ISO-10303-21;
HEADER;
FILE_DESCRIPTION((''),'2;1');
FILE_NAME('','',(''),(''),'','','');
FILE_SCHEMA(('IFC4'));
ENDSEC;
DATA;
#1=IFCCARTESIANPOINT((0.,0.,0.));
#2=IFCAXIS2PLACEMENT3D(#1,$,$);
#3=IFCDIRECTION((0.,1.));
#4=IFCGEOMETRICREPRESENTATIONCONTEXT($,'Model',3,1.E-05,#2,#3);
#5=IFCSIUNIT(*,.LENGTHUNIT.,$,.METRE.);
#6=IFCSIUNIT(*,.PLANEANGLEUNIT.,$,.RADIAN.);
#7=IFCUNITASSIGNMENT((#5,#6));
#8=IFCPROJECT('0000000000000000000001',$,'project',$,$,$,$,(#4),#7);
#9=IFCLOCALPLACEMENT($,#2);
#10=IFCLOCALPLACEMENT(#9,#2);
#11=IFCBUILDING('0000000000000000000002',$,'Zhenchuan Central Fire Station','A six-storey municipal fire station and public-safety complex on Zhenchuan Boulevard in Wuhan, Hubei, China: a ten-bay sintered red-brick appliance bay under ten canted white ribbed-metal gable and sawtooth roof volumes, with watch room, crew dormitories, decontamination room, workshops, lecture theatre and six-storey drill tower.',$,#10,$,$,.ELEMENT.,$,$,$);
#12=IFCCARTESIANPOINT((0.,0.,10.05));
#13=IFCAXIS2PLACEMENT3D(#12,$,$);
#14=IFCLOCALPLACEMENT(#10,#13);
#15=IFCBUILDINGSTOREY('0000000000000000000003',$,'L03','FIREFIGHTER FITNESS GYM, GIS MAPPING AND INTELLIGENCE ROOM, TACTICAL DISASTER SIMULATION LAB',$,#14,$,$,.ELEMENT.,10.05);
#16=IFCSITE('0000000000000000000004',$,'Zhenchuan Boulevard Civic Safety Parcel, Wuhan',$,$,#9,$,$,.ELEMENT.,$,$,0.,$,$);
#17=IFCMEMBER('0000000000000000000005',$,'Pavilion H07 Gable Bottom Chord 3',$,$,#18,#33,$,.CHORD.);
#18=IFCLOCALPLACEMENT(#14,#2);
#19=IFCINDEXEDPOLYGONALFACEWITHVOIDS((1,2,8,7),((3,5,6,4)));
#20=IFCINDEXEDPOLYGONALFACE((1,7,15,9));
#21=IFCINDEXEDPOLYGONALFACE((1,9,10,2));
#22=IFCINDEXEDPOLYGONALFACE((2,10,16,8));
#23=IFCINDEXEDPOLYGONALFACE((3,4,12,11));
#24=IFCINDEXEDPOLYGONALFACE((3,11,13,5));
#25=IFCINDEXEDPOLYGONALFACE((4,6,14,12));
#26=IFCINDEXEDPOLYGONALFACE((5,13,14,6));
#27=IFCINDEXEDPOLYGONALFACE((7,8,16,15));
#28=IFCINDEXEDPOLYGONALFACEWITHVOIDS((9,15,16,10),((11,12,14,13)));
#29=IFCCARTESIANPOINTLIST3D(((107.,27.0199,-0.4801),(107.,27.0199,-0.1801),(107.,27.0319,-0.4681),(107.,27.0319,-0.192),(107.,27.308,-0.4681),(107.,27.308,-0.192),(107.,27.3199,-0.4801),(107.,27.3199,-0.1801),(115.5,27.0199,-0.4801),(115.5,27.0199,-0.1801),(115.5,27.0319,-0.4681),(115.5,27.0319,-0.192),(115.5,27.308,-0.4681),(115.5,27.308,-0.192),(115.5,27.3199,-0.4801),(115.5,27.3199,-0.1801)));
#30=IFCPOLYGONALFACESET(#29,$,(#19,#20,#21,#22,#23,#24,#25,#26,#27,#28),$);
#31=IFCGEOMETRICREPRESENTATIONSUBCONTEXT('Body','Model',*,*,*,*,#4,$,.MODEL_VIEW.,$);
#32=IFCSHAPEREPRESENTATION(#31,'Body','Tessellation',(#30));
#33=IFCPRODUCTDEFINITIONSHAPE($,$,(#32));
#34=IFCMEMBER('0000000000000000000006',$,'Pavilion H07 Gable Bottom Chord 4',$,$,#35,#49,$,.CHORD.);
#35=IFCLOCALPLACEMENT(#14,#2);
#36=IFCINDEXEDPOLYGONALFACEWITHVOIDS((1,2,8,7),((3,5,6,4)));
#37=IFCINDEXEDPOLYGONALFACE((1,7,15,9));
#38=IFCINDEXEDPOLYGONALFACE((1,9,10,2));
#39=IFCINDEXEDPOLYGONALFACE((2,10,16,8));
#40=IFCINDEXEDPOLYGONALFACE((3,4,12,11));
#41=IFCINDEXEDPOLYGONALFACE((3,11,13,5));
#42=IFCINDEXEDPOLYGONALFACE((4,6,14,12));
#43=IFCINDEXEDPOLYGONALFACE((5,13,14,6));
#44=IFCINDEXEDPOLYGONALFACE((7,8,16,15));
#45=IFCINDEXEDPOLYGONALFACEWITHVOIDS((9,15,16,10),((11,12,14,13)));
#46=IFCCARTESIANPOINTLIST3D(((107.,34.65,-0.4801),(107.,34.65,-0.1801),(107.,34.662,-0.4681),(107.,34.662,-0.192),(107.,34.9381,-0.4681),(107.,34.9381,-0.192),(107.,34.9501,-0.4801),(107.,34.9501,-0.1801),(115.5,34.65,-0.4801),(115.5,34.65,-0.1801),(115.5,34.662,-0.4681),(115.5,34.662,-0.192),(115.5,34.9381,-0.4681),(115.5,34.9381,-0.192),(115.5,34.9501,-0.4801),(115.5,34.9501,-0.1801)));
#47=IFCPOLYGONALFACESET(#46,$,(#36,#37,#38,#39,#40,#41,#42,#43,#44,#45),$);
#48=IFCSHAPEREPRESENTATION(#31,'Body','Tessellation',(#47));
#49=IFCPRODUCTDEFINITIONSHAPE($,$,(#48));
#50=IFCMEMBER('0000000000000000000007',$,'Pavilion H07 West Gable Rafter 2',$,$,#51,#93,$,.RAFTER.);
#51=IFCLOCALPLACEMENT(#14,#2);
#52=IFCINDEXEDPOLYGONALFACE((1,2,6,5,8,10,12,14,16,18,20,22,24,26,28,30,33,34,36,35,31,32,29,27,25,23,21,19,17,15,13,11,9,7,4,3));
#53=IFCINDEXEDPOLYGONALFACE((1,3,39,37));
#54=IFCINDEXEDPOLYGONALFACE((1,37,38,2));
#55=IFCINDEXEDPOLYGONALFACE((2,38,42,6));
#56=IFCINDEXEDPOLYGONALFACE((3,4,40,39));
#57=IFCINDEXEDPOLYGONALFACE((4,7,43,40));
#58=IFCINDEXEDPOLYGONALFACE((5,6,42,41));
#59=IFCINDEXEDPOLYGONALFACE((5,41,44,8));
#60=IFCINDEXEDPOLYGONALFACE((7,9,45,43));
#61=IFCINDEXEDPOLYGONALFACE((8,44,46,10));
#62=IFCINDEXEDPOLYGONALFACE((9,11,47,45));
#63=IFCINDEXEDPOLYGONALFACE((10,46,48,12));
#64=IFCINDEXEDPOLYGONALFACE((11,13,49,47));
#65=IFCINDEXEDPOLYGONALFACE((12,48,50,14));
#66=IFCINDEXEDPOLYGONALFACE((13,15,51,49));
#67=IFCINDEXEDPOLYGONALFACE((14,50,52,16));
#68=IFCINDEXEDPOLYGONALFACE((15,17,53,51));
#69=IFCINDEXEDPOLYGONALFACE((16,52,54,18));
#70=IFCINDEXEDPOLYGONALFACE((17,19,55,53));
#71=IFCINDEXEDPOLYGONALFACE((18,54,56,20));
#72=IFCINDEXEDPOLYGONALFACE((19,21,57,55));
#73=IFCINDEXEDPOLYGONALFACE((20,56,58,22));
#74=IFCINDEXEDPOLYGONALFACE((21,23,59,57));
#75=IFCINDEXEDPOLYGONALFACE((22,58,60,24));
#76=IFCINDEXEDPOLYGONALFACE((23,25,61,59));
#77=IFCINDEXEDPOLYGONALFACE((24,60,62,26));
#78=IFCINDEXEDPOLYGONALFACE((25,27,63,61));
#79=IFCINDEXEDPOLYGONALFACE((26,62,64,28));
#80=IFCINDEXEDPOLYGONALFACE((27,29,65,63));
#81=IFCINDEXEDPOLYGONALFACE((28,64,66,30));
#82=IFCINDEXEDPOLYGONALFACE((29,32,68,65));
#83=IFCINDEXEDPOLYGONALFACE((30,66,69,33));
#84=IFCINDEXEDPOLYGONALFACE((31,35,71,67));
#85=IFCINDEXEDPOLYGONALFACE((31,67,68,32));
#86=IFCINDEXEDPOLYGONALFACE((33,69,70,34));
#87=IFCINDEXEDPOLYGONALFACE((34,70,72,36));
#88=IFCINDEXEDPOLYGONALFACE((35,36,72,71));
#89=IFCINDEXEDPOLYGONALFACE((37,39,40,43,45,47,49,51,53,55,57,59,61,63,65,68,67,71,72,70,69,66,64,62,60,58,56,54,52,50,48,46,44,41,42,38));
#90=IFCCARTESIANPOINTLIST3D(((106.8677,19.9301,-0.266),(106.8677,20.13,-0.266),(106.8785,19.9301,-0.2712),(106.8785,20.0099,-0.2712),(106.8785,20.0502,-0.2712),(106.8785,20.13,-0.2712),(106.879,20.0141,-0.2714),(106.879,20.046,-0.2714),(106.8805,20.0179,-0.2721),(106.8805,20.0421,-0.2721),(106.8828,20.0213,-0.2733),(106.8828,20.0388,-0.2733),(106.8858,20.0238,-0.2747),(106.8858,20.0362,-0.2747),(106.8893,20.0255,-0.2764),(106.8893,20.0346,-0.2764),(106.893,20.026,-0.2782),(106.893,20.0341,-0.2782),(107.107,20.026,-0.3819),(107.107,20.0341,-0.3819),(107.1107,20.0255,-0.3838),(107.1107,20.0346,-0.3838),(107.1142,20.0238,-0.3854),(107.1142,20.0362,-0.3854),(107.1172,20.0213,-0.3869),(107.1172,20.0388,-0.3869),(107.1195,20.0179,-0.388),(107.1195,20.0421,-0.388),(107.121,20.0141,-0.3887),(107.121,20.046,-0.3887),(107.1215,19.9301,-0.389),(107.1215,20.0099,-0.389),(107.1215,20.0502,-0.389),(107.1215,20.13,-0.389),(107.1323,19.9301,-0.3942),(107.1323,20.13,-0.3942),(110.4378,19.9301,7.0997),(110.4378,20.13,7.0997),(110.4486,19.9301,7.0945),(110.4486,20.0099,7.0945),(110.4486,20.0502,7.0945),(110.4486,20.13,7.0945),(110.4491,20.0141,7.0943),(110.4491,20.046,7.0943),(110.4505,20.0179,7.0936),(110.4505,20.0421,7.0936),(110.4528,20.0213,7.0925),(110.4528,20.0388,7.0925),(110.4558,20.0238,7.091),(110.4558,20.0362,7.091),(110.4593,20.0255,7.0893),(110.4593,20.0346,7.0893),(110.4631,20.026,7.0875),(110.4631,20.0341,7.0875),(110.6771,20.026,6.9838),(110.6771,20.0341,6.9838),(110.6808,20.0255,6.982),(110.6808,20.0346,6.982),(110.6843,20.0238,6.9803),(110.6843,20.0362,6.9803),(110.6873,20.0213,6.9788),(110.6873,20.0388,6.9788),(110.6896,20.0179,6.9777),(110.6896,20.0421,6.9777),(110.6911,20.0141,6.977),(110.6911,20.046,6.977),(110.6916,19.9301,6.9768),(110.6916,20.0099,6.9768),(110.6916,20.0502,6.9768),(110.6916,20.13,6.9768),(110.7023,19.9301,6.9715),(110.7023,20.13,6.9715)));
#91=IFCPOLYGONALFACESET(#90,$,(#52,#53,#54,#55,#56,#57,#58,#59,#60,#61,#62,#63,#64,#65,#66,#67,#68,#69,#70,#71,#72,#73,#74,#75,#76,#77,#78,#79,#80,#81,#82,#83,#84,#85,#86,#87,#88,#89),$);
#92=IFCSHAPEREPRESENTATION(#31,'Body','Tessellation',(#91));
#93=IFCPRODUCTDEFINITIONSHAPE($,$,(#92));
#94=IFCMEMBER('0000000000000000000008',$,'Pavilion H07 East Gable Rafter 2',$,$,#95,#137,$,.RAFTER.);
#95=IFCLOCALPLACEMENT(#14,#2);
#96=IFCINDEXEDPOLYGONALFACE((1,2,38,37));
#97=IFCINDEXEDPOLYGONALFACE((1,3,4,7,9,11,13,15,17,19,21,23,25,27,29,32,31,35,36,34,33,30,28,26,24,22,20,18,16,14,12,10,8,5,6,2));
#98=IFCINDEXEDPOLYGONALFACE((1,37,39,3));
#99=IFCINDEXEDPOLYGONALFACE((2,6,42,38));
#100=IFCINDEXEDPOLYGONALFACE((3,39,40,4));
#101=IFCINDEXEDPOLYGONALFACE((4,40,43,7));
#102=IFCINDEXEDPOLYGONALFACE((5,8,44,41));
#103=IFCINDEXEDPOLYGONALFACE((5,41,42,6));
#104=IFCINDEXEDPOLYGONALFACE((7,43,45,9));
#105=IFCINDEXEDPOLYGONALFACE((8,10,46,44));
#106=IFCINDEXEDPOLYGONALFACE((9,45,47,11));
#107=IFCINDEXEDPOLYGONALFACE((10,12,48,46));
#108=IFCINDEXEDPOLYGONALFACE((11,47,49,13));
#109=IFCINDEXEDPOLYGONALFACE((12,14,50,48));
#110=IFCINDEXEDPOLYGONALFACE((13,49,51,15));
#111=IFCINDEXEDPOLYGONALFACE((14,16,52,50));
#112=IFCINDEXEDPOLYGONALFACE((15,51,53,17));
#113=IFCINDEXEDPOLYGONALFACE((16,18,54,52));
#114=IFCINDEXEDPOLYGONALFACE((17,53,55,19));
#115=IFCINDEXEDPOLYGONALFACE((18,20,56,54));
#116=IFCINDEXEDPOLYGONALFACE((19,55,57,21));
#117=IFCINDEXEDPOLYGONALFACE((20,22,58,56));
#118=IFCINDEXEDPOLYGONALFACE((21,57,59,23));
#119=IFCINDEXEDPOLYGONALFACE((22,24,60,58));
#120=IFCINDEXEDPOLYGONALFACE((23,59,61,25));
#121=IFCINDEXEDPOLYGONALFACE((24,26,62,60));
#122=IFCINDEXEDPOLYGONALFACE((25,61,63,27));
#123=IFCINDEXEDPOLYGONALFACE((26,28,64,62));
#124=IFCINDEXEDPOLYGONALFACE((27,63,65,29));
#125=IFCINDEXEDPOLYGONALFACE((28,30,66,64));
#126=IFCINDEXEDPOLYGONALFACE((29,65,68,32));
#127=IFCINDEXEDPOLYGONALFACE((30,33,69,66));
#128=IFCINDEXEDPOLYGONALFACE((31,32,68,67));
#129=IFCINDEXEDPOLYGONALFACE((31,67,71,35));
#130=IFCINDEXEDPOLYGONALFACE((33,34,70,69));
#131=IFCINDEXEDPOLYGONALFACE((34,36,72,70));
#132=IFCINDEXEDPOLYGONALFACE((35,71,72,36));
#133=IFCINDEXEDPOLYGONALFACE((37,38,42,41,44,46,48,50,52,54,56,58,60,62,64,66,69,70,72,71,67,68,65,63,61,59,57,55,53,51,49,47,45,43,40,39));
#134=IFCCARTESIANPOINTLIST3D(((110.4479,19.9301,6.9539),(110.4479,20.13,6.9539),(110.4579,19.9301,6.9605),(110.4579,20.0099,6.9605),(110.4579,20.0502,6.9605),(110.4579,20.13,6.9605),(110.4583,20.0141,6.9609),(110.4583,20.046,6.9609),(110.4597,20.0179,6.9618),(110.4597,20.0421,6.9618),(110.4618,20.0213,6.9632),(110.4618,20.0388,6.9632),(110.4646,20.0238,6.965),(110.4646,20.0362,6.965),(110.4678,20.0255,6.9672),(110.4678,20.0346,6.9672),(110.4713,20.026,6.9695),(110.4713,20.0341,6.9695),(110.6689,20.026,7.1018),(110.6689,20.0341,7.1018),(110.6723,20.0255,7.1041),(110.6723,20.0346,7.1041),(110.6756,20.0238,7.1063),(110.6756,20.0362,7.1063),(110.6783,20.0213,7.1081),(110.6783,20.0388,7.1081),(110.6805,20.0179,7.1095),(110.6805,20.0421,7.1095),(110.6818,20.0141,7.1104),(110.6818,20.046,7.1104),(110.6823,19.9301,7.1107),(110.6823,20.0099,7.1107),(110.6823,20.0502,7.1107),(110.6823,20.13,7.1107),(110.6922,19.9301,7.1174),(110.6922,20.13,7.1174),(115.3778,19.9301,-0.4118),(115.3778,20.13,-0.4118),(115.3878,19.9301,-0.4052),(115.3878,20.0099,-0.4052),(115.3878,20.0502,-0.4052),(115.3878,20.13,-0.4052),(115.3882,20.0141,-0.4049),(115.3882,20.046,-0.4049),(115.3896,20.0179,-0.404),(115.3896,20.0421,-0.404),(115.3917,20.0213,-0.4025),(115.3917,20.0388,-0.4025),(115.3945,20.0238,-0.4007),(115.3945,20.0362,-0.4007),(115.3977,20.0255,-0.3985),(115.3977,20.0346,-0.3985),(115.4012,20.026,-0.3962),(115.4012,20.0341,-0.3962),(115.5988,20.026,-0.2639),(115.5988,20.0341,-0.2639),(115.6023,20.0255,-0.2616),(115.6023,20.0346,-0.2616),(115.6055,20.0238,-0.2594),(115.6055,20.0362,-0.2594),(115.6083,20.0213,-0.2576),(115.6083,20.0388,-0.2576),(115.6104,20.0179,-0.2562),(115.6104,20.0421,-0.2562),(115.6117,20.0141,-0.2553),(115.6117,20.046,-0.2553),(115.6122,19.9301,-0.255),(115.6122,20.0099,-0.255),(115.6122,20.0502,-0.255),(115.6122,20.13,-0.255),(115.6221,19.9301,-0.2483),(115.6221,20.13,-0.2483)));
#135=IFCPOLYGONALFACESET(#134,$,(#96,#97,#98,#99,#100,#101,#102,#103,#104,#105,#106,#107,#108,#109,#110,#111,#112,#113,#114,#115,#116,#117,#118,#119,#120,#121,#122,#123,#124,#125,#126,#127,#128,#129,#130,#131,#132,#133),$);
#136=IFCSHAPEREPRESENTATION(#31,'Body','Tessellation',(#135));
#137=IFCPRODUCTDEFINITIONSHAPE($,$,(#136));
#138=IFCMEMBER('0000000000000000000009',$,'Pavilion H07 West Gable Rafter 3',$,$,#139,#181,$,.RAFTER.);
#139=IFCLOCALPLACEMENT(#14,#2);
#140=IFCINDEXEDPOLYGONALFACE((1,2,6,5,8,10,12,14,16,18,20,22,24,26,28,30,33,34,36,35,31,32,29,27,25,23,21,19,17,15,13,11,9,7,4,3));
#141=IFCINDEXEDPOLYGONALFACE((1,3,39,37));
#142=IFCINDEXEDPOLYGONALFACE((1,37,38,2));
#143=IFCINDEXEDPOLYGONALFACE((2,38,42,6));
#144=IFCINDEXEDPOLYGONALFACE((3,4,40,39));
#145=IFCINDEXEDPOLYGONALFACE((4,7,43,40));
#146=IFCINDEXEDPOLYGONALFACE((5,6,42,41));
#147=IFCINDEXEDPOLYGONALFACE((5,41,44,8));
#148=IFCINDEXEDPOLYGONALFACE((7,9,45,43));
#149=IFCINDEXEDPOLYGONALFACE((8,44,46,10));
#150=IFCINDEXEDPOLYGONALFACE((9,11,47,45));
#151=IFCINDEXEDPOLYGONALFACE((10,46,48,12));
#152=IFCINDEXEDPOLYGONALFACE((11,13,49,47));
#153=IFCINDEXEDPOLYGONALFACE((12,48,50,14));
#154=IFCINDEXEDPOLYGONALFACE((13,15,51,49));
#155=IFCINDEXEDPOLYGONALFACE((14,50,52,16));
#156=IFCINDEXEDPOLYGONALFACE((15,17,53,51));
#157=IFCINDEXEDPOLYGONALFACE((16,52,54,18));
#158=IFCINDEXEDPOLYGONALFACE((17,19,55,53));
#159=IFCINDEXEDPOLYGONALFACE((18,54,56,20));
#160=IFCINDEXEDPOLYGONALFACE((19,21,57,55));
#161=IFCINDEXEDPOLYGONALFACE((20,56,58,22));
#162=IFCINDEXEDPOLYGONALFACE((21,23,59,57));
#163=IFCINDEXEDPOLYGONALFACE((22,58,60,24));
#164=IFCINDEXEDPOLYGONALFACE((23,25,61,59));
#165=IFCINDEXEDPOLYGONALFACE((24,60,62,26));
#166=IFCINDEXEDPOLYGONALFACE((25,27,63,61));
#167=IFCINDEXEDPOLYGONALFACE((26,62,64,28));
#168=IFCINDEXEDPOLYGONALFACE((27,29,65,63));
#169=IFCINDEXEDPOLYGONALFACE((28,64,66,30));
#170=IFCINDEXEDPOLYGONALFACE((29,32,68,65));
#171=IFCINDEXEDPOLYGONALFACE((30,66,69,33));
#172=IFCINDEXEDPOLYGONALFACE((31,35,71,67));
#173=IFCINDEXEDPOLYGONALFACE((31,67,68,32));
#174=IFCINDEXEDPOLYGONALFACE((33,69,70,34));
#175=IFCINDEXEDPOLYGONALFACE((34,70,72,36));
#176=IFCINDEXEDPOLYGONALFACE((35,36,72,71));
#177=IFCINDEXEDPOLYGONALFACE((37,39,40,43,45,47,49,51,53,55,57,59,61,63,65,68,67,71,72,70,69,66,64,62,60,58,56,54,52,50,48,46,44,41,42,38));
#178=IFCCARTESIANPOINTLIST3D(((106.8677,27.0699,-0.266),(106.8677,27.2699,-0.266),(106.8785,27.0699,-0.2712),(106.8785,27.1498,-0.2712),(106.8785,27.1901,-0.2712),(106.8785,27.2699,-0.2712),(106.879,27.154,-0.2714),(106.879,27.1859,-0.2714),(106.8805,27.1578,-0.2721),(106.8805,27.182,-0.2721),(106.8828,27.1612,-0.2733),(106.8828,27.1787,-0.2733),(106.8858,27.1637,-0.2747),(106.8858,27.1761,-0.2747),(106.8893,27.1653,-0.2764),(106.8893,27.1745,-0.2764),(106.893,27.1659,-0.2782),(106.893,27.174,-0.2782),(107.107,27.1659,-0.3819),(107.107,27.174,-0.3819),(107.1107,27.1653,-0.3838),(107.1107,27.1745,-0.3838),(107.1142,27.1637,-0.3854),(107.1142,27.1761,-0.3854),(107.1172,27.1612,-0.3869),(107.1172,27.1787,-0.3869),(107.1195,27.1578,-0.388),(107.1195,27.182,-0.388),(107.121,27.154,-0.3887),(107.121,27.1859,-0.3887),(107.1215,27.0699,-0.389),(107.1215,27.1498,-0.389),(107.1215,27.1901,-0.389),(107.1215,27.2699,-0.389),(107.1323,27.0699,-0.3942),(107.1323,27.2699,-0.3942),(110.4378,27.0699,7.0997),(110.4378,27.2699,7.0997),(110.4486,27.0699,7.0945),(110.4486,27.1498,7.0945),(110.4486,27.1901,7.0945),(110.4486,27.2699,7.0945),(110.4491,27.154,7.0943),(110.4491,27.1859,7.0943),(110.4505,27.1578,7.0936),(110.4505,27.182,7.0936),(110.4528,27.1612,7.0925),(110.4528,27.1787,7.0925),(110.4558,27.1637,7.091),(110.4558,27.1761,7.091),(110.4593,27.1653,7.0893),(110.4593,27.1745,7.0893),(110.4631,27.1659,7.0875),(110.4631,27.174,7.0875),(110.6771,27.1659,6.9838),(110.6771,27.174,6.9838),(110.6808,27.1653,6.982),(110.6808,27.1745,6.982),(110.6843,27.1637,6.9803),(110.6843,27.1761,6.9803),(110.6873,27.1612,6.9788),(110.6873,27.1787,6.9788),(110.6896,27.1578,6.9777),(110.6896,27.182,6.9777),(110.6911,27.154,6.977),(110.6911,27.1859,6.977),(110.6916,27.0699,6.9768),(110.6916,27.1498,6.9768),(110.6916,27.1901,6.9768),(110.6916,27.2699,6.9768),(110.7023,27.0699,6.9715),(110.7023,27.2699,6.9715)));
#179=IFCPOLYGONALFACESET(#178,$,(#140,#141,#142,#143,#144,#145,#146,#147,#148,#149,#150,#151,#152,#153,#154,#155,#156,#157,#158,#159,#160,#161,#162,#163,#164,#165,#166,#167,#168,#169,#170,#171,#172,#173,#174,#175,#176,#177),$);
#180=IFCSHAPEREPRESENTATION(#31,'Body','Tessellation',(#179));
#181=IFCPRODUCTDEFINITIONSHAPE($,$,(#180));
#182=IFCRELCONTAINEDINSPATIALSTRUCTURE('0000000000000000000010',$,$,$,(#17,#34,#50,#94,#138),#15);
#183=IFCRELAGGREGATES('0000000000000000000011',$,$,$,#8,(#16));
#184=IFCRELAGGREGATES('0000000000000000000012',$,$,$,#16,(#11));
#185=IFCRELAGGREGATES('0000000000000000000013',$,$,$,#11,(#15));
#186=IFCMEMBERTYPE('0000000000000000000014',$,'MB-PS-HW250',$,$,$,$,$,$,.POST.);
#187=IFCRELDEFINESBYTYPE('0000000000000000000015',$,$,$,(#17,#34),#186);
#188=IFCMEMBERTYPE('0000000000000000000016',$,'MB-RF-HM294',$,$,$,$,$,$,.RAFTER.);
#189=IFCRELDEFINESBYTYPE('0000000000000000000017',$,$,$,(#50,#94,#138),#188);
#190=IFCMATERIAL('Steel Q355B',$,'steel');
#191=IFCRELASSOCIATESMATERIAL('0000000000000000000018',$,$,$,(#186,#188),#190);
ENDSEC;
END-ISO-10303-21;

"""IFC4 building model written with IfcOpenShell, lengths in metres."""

from ifc_helpers import new_model, si_unit, direction, frame, origin, origin_2d, place, context, subcontext, project, spatial, hollow_rectangle, i_section, extrude, material, material_profile, profile_set, type_object, element, save


model = new_model("IFC4")

# Units and contexts
model_context = context("Model", 3, precision=1e-05, world=origin(), true_north=direction((0.0, 1.0)))
body_context = subcontext(model_context, "Body", "Model", "MODEL_VIEW")
ifc_project = project(units=[si_unit("LENGTHUNIT", "METRE"), si_unit("PLANEANGLEUNIT", "RADIAN")], contexts=[model_context])

# Site, building, storey
site_placement = place(None, origin())
site = spatial("IfcSite", under=ifc_project, at=site_placement, Name="Zhenchuan Boulevard Civic Safety Parcel, Wuhan", CompositionType="ELEMENT", RefElevation=0.0)
building_placement = place(site_placement, origin())
building = spatial("IfcBuilding", under=site, at=building_placement, Name="Zhenchuan Central Fire Station", Description="A six-storey municipal fire station and public-safety complex on Zhenchuan Boulevard in Wuhan, Hubei, China: a ten-bay sintered red-brick appliance bay under ten canted white ribbed-metal gable and sawtooth roof volumes, with watch room, crew dormitories, decontamination room, workshops, lecture theatre and six-storey drill tower.", CompositionType="ELEMENT")
storey_placement = place(building_placement, frame((0.0, 0.0, 10.05)))
storey = spatial("IfcBuildingStorey", under=building, at=storey_placement, Name="L03", Description="FIREFIGHTER FITNESS GYM, GIS MAPPING AND INTELLIGENCE ROOM, TACTICAL DISASTER SIMULATION LAB", CompositionType="ELEMENT", Elevation=10.05)

# Members
ifc_material = material(Name="Steel Q355B", Category="steel")
ifc_material_profile_1 = material_profile(ifc_material, hollow_rectangle(XDim=0.3, YDim=0.3, WallThickness=0.012, at=origin_2d()), Name="SHS 300x300x12")
ifc_profile_set_1 = profile_set([ifc_material_profile_1], Name="Steel Q355B")
member_type_1 = type_object("IfcMemberType", Name="MB-PS-HW250", PredefinedType="POST", material=ifc_profile_set_1)
for number, where, z_axis, x_axis, name in (
    (1, (107.0, 27.1699, -0.3301), (1.0, 0.0, 0.0), (0.0, 1.0, 0.0), "Pavilion H07 Gable Bottom Chord 3"),
    (2, (107.0, 34.8, -0.3301), (1.0, 0.0, 0.0), (0.0, 1.0, 0.0), "Pavilion H07 Gable Bottom Chord 4"),
):
    element("IfcMember", number, at=place(storey_placement, frame(where, z_axis=z_axis, x_axis=x_axis)), inside=storey, type_object=member_type_1, Name=name, PredefinedType="CHORD", context=body_context, shape_type="SweptSolid", body=[
        extrude(hollow_rectangle(XDim=0.3, YDim=0.3, WallThickness=0.012, at=origin_2d()), origin(), (0.0, 0.0, 1.0), 8.5),
    ])
ifc_material_profile_2 = material_profile(ifc_material, i_section(OverallWidth=0.2, OverallDepth=0.2939, WebThickness=0.0081, FlangeThickness=0.012, FilletRadius=0.0161, at=origin_2d()), Name="HM 294x200")
ifc_profile_set_2 = profile_set([ifc_material_profile_2], Name="Steel Q355B")
member_type_2 = type_object("IfcMemberType", Name="MB-RF-HM294", PredefinedType="RAFTER", material=ifc_profile_set_2)
member_1_placement = place(storey_placement, frame((107.0, 20.03, -0.3301), z_axis=(0.436156, 0.0, 0.899871), x_axis=(0.0, 1.0, 0.0)))
element("IfcMember", 3, at=member_1_placement, inside=storey, type_object=member_type_2, Name="Pavilion H07 West Gable Rafter 2", PredefinedType="RAFTER", context=body_context, shape_type="SweptSolid", body=[
    extrude(i_section(OverallWidth=0.2, OverallDepth=0.2939, WebThickness=0.0081, FlangeThickness=0.012, FilletRadius=0.0161, at=origin_2d()), origin(), (0.0, 0.0, 1.0), 8.1853),
])
member_2_placement = place(storey_placement, frame((110.5701, 20.03, 7.0356), z_axis=(0.556218, 0.0, -0.831036), x_axis=(0.0, 1.0, 0.0)))
element("IfcMember", 4, at=member_2_placement, inside=storey, type_object=member_type_2, Name="Pavilion H07 East Gable Rafter 2", PredefinedType="RAFTER", context=body_context, shape_type="SweptSolid", body=[
    extrude(i_section(OverallWidth=0.2, OverallDepth=0.2939, WebThickness=0.0081, FlangeThickness=0.012, FilletRadius=0.0161, at=origin_2d()), origin(), (0.0, 0.0, 1.0), 8.8633),
])
member_3_placement = place(storey_placement, frame((107.0, 27.1699, -0.3301), z_axis=(0.436156, 0.0, 0.899871), x_axis=(0.0, 1.0, 0.0)))
element("IfcMember", 5, at=member_3_placement, inside=storey, type_object=member_type_2, Name="Pavilion H07 West Gable Rafter 3", PredefinedType="RAFTER", context=body_context, shape_type="SweptSolid", body=[
    extrude(i_section(OverallWidth=0.2, OverallDepth=0.2939, WebThickness=0.0081, FlangeThickness=0.012, FilletRadius=0.0161, at=origin_2d()), origin(), (0.0, 0.0, 1.0), 8.1853),
])

save(model, "model.ifc")
